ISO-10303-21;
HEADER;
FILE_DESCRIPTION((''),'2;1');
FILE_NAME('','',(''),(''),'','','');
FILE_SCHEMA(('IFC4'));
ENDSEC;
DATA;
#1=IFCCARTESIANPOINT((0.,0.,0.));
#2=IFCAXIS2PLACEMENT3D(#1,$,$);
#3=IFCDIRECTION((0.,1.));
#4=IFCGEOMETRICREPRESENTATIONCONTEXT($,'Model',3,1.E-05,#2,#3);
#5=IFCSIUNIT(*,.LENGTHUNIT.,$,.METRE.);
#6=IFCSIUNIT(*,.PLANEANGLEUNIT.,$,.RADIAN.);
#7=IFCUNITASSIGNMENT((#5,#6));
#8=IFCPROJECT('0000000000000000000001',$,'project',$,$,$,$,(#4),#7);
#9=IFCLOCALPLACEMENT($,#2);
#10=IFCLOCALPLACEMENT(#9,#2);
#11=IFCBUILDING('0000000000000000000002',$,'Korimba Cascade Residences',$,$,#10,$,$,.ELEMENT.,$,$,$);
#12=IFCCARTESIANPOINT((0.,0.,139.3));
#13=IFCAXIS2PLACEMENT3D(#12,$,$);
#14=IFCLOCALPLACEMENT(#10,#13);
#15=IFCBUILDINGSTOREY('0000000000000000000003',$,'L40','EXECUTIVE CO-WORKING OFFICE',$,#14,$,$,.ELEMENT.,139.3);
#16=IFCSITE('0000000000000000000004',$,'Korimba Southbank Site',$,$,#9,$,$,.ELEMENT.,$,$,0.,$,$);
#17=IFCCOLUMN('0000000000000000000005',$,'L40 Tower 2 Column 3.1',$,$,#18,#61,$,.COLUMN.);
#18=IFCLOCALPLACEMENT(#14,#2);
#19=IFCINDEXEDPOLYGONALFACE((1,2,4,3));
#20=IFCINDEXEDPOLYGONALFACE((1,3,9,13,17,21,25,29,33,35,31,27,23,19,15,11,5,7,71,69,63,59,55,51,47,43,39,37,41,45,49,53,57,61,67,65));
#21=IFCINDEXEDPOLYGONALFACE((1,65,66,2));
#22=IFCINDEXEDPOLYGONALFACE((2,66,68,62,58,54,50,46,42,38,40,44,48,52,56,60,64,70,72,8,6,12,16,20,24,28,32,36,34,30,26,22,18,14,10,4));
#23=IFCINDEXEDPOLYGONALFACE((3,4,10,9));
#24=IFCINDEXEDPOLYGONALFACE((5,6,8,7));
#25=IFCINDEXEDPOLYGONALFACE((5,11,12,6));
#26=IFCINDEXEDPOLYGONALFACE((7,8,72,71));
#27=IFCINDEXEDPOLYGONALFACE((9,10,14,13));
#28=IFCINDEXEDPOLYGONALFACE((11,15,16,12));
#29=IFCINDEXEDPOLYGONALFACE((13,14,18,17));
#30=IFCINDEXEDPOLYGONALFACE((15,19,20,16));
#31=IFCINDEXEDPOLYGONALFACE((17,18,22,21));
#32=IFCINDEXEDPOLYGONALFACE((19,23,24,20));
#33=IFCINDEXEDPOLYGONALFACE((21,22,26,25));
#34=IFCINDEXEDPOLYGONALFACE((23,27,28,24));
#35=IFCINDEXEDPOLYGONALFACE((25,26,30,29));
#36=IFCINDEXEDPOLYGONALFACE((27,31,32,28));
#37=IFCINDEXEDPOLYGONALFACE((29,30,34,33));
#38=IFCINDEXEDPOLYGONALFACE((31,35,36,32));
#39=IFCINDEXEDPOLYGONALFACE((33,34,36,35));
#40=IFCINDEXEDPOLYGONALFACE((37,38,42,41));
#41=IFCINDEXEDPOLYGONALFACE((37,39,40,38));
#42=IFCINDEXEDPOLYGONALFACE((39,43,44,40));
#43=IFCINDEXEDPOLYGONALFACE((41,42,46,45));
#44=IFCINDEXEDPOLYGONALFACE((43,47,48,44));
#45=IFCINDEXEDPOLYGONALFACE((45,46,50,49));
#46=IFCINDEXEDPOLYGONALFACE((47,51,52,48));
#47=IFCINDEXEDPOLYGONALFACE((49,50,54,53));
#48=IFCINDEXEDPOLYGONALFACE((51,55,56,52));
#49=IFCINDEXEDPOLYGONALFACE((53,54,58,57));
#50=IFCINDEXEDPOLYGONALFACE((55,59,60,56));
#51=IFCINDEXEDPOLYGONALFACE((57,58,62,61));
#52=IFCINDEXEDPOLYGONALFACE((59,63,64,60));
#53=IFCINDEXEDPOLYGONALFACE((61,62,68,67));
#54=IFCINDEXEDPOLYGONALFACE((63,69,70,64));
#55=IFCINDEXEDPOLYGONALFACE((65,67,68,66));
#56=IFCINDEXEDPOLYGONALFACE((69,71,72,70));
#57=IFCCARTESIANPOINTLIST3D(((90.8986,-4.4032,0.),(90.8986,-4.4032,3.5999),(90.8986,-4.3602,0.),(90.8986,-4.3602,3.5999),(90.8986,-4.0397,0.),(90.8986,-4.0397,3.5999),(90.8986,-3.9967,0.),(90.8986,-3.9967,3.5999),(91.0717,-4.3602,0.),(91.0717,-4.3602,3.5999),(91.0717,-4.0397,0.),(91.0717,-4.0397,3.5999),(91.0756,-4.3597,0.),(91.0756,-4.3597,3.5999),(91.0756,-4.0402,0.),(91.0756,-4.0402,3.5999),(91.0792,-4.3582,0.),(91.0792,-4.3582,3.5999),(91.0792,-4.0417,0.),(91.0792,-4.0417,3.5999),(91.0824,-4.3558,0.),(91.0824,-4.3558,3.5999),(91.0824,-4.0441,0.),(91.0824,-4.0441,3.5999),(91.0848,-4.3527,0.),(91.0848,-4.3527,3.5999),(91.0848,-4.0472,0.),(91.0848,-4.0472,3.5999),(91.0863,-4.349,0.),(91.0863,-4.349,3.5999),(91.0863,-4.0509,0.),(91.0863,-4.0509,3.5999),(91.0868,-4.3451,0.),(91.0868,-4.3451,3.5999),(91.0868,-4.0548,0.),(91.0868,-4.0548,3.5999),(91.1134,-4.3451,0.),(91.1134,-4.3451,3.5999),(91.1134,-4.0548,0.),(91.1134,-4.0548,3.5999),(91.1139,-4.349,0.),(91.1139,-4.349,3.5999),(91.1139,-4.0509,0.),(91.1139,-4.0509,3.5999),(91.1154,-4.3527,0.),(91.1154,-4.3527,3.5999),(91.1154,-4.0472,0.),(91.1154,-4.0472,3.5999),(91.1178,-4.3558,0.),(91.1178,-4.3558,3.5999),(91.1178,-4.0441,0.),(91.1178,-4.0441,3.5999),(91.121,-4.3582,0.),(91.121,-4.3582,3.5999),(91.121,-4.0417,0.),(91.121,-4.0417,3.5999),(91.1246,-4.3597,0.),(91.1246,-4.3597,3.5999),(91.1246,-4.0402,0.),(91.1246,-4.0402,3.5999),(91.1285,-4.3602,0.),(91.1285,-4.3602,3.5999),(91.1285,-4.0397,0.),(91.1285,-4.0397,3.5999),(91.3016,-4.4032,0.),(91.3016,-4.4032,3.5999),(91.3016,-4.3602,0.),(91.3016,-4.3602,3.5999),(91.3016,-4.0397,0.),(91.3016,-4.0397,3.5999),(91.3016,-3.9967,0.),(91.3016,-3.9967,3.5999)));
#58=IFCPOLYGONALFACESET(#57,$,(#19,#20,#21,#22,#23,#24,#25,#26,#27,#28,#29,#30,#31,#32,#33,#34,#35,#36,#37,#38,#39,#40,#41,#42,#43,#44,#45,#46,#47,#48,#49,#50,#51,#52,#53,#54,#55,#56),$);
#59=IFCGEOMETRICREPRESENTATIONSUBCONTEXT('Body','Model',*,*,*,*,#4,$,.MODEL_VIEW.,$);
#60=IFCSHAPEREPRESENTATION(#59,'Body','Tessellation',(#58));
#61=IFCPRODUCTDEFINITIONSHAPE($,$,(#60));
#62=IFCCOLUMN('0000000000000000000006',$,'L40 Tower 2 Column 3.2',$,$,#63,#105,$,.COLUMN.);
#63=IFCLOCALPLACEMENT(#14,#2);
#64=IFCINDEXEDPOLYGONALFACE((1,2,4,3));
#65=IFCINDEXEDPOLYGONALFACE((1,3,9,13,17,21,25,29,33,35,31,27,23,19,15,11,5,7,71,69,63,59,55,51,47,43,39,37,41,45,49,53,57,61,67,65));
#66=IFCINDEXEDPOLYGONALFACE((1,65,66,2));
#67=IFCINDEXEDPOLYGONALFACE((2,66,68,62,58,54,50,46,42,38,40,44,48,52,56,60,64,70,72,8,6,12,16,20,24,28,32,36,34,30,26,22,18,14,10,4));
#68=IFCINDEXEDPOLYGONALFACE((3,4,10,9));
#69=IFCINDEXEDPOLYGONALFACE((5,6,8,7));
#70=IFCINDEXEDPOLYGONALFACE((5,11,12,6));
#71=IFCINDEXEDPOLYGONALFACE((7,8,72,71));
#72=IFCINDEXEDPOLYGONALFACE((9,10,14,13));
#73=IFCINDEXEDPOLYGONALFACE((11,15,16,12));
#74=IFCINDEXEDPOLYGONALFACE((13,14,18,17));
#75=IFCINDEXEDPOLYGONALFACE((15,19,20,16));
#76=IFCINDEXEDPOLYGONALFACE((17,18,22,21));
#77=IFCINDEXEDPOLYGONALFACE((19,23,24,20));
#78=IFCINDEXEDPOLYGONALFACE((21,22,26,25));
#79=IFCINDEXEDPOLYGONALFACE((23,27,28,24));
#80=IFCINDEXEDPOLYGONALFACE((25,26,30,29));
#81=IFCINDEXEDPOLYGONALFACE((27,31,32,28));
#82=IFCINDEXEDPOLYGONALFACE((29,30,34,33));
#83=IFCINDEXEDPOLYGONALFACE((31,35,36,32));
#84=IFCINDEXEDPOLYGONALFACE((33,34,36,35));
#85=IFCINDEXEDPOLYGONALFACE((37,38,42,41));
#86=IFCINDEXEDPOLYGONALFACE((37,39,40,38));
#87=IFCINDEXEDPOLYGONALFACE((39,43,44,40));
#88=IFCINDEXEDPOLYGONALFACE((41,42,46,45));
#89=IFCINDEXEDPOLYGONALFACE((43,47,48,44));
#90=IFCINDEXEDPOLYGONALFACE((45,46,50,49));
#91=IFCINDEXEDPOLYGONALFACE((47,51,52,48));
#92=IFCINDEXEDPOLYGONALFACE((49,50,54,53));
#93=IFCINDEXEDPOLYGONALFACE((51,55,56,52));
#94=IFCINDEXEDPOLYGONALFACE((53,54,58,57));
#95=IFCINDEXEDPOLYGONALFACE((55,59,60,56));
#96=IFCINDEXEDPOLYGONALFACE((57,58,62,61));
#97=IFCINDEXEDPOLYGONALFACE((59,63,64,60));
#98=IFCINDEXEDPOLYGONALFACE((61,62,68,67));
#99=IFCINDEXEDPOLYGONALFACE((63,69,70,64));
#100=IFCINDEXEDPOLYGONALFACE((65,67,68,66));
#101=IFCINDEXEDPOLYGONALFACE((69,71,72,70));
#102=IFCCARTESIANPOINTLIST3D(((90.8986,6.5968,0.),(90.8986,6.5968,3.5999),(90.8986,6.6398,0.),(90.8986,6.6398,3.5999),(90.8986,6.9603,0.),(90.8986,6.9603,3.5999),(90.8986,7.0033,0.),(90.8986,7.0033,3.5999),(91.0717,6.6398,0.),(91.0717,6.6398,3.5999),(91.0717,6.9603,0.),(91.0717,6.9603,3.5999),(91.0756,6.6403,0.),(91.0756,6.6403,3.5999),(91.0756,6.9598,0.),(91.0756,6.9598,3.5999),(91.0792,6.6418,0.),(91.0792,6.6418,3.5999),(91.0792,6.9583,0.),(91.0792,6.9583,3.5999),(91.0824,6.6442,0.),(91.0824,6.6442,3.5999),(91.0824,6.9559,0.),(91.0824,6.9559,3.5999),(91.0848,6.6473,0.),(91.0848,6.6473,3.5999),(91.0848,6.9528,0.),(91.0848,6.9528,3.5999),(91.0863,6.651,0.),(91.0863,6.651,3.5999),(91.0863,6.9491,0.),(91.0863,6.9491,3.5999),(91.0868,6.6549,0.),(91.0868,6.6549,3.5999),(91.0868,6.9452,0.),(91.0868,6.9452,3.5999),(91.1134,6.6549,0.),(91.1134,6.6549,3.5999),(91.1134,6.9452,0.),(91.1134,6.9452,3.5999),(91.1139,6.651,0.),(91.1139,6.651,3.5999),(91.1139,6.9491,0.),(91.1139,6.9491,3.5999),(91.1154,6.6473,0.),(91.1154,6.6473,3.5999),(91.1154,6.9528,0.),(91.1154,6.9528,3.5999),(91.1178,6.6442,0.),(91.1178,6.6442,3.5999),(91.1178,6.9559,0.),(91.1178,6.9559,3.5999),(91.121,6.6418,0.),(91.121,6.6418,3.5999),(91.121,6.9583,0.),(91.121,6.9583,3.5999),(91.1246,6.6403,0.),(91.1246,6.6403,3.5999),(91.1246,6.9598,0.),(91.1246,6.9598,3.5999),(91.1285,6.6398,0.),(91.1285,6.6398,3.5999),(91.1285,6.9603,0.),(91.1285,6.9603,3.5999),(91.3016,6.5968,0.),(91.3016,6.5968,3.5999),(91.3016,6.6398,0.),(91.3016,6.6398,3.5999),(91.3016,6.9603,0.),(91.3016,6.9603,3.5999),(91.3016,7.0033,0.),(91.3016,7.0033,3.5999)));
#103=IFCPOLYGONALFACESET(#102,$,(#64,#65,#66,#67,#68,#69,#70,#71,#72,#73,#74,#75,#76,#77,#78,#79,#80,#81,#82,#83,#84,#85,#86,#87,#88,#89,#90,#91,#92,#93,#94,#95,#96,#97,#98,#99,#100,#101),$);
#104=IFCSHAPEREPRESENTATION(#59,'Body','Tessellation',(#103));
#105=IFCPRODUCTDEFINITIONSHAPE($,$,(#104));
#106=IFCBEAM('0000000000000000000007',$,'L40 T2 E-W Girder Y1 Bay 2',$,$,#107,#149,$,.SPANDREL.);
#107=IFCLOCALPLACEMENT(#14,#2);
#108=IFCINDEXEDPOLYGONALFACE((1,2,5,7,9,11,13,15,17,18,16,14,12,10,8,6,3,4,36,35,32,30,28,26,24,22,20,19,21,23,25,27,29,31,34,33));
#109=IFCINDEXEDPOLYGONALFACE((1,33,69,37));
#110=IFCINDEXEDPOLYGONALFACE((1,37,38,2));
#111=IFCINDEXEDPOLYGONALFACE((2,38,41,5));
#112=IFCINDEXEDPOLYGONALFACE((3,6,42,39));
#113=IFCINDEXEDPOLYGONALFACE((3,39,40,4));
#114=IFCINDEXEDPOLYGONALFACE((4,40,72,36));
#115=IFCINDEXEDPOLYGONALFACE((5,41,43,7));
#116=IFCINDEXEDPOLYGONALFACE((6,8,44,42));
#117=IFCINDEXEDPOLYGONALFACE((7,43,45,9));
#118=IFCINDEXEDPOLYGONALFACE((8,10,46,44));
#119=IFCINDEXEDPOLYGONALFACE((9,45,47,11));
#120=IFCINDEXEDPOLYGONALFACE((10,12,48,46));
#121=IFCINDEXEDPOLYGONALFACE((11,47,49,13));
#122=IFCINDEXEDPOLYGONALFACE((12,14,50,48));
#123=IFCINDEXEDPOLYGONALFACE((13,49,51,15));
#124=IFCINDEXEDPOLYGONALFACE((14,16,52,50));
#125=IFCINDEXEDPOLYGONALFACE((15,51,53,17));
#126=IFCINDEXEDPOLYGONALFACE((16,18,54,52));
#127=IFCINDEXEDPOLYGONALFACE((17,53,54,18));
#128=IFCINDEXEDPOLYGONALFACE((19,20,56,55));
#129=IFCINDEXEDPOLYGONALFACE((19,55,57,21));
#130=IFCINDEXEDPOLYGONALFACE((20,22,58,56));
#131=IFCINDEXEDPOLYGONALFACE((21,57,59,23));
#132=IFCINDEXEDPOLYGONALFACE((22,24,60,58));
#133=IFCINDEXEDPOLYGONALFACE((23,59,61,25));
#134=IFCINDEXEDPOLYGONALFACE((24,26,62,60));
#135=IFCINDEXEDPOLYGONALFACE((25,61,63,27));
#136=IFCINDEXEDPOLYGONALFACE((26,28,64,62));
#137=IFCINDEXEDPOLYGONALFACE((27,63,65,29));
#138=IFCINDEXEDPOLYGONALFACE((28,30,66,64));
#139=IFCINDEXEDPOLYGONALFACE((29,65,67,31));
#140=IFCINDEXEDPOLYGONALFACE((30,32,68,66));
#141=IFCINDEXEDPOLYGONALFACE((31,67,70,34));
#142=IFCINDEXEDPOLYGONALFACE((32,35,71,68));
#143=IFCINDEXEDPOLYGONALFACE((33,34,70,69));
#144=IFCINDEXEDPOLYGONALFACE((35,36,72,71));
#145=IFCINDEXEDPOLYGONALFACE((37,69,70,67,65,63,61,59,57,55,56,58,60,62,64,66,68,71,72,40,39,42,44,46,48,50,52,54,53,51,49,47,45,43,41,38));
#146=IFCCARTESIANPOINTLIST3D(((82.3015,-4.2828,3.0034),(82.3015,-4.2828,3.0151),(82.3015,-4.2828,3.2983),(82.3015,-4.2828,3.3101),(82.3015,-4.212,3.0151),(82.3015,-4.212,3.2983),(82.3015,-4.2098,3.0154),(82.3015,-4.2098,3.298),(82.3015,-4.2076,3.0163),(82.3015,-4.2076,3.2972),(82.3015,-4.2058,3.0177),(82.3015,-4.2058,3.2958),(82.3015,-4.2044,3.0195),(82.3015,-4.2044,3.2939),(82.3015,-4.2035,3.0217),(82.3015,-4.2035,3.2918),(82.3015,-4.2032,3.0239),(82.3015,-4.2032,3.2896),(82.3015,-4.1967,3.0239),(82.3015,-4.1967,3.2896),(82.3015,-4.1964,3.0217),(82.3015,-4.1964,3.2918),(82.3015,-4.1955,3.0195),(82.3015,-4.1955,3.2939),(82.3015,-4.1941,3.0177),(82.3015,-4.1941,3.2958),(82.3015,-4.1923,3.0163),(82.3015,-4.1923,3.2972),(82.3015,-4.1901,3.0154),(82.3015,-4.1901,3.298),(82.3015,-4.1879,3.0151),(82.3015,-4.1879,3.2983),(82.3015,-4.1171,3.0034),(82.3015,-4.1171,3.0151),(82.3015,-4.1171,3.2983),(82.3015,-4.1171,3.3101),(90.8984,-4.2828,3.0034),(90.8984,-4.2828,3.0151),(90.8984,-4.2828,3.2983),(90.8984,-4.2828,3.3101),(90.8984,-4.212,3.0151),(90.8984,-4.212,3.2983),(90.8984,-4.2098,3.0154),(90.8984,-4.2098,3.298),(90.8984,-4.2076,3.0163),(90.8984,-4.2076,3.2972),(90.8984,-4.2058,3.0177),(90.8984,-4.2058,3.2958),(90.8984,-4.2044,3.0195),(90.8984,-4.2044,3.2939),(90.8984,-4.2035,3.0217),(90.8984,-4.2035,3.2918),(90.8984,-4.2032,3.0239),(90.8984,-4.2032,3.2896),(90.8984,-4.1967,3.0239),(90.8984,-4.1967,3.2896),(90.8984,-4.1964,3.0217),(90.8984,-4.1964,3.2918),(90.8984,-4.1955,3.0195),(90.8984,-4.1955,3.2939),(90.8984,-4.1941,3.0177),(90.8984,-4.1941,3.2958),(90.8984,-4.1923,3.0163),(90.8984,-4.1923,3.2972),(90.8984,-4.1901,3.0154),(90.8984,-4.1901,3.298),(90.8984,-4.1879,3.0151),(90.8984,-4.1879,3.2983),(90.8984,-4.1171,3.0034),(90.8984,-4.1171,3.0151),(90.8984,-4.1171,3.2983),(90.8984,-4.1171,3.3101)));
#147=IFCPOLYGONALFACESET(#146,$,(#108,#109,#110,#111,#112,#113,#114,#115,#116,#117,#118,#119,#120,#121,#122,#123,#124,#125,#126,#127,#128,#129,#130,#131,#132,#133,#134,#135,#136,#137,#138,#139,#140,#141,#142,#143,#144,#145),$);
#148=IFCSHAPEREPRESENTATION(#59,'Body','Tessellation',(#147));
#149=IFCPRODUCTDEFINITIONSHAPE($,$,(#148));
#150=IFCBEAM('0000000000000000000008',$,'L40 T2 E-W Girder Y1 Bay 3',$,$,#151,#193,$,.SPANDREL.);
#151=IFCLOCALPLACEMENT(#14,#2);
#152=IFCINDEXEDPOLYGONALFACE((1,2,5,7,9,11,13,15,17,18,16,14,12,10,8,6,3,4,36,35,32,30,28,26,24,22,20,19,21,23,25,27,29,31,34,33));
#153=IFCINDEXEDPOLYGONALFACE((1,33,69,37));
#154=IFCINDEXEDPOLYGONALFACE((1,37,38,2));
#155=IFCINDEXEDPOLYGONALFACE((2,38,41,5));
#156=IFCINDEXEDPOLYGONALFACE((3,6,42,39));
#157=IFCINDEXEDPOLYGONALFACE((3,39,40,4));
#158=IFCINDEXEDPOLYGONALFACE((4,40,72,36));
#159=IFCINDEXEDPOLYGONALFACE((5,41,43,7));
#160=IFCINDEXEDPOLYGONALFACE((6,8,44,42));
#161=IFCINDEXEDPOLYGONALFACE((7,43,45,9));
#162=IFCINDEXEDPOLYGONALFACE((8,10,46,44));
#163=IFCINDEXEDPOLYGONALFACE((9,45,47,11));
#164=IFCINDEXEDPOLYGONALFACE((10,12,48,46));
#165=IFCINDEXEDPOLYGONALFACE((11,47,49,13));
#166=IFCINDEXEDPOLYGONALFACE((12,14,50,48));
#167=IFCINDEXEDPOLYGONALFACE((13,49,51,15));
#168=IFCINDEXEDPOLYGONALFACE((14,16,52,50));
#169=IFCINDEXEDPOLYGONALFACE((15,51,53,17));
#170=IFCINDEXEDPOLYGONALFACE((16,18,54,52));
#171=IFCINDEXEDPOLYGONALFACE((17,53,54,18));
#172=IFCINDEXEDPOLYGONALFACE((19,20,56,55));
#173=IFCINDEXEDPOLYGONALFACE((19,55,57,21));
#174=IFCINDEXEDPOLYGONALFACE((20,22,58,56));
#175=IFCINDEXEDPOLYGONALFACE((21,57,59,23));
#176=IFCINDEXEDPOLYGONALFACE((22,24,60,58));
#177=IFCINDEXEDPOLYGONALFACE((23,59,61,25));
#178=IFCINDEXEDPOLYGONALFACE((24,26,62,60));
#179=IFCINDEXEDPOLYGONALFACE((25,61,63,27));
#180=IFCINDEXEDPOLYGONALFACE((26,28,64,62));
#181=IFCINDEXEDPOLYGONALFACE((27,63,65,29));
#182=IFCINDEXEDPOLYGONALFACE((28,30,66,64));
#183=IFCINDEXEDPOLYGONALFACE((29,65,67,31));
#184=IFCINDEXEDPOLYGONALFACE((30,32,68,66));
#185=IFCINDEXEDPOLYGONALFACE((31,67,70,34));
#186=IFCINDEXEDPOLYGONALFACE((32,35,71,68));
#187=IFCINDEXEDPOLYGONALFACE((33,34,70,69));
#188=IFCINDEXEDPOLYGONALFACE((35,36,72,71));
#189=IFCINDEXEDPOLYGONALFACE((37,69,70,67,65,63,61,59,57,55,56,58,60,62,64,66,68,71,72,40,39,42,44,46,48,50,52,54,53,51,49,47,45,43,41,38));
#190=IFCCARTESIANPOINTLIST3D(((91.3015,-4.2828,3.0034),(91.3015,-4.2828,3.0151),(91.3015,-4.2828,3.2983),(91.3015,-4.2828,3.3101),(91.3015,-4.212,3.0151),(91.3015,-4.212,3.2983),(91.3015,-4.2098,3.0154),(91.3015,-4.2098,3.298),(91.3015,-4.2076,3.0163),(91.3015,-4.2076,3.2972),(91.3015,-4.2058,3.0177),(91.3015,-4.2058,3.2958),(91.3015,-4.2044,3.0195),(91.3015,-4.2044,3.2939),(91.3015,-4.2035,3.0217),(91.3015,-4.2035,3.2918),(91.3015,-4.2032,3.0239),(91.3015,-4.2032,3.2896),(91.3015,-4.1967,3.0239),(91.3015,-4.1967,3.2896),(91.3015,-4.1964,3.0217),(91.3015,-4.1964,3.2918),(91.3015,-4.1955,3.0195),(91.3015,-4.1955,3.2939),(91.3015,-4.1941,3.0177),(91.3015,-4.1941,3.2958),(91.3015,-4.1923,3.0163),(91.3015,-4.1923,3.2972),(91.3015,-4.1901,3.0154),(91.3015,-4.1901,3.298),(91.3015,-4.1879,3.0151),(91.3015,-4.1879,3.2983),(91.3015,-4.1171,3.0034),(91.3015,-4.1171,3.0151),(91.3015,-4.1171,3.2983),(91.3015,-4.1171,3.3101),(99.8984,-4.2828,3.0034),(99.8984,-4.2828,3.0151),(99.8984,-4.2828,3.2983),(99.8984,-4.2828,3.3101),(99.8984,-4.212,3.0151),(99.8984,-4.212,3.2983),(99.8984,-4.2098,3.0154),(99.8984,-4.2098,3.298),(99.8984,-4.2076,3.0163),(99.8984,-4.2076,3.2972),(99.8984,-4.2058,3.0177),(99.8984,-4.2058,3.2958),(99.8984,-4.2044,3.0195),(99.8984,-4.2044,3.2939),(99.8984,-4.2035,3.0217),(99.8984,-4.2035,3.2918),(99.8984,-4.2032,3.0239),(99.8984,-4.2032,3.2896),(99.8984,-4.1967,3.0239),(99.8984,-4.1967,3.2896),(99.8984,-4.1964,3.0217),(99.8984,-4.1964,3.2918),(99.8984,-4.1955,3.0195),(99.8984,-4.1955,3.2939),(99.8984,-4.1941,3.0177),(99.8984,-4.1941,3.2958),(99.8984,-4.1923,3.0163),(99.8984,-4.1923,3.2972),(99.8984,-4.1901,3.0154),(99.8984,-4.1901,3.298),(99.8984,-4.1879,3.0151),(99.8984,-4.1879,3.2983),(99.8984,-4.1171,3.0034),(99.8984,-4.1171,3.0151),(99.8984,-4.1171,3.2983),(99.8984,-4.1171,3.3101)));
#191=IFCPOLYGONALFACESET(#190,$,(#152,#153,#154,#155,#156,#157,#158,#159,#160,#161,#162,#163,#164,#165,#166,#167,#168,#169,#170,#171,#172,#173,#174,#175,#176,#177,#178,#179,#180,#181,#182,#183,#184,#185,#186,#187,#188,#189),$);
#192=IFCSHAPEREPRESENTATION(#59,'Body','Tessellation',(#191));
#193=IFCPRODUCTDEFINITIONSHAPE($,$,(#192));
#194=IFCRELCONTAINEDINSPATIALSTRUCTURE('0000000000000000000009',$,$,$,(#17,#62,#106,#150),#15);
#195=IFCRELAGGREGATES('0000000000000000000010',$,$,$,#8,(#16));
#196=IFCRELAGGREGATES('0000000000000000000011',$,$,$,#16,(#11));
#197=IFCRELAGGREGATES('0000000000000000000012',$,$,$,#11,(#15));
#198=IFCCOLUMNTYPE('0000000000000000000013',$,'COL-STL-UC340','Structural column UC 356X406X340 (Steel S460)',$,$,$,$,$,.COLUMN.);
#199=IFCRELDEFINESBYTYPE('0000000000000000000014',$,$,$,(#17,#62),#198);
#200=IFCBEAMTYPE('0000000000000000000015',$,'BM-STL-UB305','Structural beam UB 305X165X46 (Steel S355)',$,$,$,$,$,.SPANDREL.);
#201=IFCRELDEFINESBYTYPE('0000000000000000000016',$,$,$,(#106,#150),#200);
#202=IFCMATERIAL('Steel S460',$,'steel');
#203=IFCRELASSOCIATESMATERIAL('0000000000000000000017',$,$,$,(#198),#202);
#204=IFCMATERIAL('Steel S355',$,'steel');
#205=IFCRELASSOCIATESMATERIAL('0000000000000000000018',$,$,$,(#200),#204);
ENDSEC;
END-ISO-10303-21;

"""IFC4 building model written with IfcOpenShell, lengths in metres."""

from ifc_helpers import new_model, si_unit, direction, frame, origin, origin_2d, place, context, subcontext, project, spatial, i_section, extrude, material, material_profile, profile_set, type_object, element, save


model = new_model("IFC4")

# Units and contexts
model_context = context("Model", 3, precision=1e-05, world=origin(), true_north=direction((0.0, 1.0)))
body_context = subcontext(model_context, "Body", "Model", "MODEL_VIEW")
ifc_project = project(units=[si_unit("LENGTHUNIT", "METRE"), si_unit("PLANEANGLEUNIT", "RADIAN")], contexts=[model_context])

# Site, building, storey
site_placement = place(None, origin())
site = spatial("IfcSite", under=ifc_project, at=site_placement, Name="Korimba Southbank Site", CompositionType="ELEMENT", RefElevation=0.0)
building_placement = place(site_placement, origin())
building = spatial("IfcBuilding", under=site, at=building_placement, Name="Korimba Cascade Residences", CompositionType="ELEMENT")
storey_placement = place(building_placement, frame((0.0, 0.0, 139.3)))
storey = spatial("IfcBuildingStorey", under=building, at=storey_placement, Name="L40", Description="EXECUTIVE CO-WORKING OFFICE", CompositionType="ELEMENT", Elevation=139.3)

# Columns
ifc_material_1 = material(Name="Steel S460", Category="steel")
ifc_material_profile_1 = material_profile(ifc_material_1, i_section(OverallWidth=0.4031, OverallDepth=0.4065, WebThickness=0.0266, FlangeThickness=0.043, FilletRadius=0.0151, at=origin_2d()), Name="Steel S460")
ifc_profile_set_1 = profile_set([ifc_material_profile_1], Name="Steel S460")
column_type = type_object("IfcColumnType", Name="COL-STL-UC340", Description="Structural column UC 356X406X340 (Steel S460)", PredefinedType="COLUMN", material=ifc_profile_set_1)
for number, where, z_axis, x_axis, name in (
    (1, (91.1001, -4.2, 0.0), (0.0, 0.0, 1.0), (1.0, 0.0, 0.0), "L40 Tower 2 Column 3.1"),
    (2, (91.1001, 6.8, 0.0), (0.0, 0.0, 1.0), (1.0, 0.0, 0.0), "L40 Tower 2 Column 3.2"),
):
    element("IfcColumn", number, at=place(storey_placement, frame(where, z_axis=z_axis, x_axis=x_axis)), inside=storey, type_object=column_type, Name=name, PredefinedType="COLUMN", context=body_context, shape_type="SweptSolid", body=[
        extrude(i_section(OverallWidth=0.4031, OverallDepth=0.4065, WebThickness=0.0266, FlangeThickness=0.043, FilletRadius=0.0151, at=origin_2d()), origin(), (0.0, 0.0, 1.0), 3.5999),
    ])

# Beams
ifc_material_2 = material(Name="Steel S355", Category="steel")
ifc_material_profile_2 = material_profile(ifc_material_2, i_section(OverallWidth=0.1658, OverallDepth=0.3066, WebThickness=0.0066, FlangeThickness=0.0117, FilletRadius=0.0088, at=origin_2d()), Name="Steel S355")
ifc_profile_set_2 = profile_set([ifc_material_profile_2], Name="Steel S355")
beam_type_1 = type_object("IfcBeamType", Name="BM-STL-UB305", Description="Structural beam UB 305X165X46 (Steel S355)", PredefinedType="SPANDREL", material=ifc_profile_set_2)
for number, where, z_axis, x_axis, name in (
    (3, (82.3015, -4.2, 3.1567), (1.0, 0.0, 0.0), (0.0, 1.0, 0.0), "L40 T2 E-W Girder Y1 Bay 2"),
    (4, (91.3015, -4.2, 3.1567), (1.0, 0.0, 0.0), (0.0, 1.0, 0.0), "L40 T2 E-W Girder Y1 Bay 3"),
):
    element("IfcBeam", number, at=place(storey_placement, frame(where, z_axis=z_axis, x_axis=x_axis)), inside=storey, type_object=beam_type_1, Name=name, PredefinedType="SPANDREL", context=body_context, shape_type="SweptSolid", body=[
        extrude(i_section(OverallWidth=0.1658, OverallDepth=0.3066, WebThickness=0.0066, FlangeThickness=0.0117, FilletRadius=0.0088, at=origin_2d()), origin(), (0.0, 0.0, 1.0), 8.5969),
    ])

save(model, "model.ifc")
